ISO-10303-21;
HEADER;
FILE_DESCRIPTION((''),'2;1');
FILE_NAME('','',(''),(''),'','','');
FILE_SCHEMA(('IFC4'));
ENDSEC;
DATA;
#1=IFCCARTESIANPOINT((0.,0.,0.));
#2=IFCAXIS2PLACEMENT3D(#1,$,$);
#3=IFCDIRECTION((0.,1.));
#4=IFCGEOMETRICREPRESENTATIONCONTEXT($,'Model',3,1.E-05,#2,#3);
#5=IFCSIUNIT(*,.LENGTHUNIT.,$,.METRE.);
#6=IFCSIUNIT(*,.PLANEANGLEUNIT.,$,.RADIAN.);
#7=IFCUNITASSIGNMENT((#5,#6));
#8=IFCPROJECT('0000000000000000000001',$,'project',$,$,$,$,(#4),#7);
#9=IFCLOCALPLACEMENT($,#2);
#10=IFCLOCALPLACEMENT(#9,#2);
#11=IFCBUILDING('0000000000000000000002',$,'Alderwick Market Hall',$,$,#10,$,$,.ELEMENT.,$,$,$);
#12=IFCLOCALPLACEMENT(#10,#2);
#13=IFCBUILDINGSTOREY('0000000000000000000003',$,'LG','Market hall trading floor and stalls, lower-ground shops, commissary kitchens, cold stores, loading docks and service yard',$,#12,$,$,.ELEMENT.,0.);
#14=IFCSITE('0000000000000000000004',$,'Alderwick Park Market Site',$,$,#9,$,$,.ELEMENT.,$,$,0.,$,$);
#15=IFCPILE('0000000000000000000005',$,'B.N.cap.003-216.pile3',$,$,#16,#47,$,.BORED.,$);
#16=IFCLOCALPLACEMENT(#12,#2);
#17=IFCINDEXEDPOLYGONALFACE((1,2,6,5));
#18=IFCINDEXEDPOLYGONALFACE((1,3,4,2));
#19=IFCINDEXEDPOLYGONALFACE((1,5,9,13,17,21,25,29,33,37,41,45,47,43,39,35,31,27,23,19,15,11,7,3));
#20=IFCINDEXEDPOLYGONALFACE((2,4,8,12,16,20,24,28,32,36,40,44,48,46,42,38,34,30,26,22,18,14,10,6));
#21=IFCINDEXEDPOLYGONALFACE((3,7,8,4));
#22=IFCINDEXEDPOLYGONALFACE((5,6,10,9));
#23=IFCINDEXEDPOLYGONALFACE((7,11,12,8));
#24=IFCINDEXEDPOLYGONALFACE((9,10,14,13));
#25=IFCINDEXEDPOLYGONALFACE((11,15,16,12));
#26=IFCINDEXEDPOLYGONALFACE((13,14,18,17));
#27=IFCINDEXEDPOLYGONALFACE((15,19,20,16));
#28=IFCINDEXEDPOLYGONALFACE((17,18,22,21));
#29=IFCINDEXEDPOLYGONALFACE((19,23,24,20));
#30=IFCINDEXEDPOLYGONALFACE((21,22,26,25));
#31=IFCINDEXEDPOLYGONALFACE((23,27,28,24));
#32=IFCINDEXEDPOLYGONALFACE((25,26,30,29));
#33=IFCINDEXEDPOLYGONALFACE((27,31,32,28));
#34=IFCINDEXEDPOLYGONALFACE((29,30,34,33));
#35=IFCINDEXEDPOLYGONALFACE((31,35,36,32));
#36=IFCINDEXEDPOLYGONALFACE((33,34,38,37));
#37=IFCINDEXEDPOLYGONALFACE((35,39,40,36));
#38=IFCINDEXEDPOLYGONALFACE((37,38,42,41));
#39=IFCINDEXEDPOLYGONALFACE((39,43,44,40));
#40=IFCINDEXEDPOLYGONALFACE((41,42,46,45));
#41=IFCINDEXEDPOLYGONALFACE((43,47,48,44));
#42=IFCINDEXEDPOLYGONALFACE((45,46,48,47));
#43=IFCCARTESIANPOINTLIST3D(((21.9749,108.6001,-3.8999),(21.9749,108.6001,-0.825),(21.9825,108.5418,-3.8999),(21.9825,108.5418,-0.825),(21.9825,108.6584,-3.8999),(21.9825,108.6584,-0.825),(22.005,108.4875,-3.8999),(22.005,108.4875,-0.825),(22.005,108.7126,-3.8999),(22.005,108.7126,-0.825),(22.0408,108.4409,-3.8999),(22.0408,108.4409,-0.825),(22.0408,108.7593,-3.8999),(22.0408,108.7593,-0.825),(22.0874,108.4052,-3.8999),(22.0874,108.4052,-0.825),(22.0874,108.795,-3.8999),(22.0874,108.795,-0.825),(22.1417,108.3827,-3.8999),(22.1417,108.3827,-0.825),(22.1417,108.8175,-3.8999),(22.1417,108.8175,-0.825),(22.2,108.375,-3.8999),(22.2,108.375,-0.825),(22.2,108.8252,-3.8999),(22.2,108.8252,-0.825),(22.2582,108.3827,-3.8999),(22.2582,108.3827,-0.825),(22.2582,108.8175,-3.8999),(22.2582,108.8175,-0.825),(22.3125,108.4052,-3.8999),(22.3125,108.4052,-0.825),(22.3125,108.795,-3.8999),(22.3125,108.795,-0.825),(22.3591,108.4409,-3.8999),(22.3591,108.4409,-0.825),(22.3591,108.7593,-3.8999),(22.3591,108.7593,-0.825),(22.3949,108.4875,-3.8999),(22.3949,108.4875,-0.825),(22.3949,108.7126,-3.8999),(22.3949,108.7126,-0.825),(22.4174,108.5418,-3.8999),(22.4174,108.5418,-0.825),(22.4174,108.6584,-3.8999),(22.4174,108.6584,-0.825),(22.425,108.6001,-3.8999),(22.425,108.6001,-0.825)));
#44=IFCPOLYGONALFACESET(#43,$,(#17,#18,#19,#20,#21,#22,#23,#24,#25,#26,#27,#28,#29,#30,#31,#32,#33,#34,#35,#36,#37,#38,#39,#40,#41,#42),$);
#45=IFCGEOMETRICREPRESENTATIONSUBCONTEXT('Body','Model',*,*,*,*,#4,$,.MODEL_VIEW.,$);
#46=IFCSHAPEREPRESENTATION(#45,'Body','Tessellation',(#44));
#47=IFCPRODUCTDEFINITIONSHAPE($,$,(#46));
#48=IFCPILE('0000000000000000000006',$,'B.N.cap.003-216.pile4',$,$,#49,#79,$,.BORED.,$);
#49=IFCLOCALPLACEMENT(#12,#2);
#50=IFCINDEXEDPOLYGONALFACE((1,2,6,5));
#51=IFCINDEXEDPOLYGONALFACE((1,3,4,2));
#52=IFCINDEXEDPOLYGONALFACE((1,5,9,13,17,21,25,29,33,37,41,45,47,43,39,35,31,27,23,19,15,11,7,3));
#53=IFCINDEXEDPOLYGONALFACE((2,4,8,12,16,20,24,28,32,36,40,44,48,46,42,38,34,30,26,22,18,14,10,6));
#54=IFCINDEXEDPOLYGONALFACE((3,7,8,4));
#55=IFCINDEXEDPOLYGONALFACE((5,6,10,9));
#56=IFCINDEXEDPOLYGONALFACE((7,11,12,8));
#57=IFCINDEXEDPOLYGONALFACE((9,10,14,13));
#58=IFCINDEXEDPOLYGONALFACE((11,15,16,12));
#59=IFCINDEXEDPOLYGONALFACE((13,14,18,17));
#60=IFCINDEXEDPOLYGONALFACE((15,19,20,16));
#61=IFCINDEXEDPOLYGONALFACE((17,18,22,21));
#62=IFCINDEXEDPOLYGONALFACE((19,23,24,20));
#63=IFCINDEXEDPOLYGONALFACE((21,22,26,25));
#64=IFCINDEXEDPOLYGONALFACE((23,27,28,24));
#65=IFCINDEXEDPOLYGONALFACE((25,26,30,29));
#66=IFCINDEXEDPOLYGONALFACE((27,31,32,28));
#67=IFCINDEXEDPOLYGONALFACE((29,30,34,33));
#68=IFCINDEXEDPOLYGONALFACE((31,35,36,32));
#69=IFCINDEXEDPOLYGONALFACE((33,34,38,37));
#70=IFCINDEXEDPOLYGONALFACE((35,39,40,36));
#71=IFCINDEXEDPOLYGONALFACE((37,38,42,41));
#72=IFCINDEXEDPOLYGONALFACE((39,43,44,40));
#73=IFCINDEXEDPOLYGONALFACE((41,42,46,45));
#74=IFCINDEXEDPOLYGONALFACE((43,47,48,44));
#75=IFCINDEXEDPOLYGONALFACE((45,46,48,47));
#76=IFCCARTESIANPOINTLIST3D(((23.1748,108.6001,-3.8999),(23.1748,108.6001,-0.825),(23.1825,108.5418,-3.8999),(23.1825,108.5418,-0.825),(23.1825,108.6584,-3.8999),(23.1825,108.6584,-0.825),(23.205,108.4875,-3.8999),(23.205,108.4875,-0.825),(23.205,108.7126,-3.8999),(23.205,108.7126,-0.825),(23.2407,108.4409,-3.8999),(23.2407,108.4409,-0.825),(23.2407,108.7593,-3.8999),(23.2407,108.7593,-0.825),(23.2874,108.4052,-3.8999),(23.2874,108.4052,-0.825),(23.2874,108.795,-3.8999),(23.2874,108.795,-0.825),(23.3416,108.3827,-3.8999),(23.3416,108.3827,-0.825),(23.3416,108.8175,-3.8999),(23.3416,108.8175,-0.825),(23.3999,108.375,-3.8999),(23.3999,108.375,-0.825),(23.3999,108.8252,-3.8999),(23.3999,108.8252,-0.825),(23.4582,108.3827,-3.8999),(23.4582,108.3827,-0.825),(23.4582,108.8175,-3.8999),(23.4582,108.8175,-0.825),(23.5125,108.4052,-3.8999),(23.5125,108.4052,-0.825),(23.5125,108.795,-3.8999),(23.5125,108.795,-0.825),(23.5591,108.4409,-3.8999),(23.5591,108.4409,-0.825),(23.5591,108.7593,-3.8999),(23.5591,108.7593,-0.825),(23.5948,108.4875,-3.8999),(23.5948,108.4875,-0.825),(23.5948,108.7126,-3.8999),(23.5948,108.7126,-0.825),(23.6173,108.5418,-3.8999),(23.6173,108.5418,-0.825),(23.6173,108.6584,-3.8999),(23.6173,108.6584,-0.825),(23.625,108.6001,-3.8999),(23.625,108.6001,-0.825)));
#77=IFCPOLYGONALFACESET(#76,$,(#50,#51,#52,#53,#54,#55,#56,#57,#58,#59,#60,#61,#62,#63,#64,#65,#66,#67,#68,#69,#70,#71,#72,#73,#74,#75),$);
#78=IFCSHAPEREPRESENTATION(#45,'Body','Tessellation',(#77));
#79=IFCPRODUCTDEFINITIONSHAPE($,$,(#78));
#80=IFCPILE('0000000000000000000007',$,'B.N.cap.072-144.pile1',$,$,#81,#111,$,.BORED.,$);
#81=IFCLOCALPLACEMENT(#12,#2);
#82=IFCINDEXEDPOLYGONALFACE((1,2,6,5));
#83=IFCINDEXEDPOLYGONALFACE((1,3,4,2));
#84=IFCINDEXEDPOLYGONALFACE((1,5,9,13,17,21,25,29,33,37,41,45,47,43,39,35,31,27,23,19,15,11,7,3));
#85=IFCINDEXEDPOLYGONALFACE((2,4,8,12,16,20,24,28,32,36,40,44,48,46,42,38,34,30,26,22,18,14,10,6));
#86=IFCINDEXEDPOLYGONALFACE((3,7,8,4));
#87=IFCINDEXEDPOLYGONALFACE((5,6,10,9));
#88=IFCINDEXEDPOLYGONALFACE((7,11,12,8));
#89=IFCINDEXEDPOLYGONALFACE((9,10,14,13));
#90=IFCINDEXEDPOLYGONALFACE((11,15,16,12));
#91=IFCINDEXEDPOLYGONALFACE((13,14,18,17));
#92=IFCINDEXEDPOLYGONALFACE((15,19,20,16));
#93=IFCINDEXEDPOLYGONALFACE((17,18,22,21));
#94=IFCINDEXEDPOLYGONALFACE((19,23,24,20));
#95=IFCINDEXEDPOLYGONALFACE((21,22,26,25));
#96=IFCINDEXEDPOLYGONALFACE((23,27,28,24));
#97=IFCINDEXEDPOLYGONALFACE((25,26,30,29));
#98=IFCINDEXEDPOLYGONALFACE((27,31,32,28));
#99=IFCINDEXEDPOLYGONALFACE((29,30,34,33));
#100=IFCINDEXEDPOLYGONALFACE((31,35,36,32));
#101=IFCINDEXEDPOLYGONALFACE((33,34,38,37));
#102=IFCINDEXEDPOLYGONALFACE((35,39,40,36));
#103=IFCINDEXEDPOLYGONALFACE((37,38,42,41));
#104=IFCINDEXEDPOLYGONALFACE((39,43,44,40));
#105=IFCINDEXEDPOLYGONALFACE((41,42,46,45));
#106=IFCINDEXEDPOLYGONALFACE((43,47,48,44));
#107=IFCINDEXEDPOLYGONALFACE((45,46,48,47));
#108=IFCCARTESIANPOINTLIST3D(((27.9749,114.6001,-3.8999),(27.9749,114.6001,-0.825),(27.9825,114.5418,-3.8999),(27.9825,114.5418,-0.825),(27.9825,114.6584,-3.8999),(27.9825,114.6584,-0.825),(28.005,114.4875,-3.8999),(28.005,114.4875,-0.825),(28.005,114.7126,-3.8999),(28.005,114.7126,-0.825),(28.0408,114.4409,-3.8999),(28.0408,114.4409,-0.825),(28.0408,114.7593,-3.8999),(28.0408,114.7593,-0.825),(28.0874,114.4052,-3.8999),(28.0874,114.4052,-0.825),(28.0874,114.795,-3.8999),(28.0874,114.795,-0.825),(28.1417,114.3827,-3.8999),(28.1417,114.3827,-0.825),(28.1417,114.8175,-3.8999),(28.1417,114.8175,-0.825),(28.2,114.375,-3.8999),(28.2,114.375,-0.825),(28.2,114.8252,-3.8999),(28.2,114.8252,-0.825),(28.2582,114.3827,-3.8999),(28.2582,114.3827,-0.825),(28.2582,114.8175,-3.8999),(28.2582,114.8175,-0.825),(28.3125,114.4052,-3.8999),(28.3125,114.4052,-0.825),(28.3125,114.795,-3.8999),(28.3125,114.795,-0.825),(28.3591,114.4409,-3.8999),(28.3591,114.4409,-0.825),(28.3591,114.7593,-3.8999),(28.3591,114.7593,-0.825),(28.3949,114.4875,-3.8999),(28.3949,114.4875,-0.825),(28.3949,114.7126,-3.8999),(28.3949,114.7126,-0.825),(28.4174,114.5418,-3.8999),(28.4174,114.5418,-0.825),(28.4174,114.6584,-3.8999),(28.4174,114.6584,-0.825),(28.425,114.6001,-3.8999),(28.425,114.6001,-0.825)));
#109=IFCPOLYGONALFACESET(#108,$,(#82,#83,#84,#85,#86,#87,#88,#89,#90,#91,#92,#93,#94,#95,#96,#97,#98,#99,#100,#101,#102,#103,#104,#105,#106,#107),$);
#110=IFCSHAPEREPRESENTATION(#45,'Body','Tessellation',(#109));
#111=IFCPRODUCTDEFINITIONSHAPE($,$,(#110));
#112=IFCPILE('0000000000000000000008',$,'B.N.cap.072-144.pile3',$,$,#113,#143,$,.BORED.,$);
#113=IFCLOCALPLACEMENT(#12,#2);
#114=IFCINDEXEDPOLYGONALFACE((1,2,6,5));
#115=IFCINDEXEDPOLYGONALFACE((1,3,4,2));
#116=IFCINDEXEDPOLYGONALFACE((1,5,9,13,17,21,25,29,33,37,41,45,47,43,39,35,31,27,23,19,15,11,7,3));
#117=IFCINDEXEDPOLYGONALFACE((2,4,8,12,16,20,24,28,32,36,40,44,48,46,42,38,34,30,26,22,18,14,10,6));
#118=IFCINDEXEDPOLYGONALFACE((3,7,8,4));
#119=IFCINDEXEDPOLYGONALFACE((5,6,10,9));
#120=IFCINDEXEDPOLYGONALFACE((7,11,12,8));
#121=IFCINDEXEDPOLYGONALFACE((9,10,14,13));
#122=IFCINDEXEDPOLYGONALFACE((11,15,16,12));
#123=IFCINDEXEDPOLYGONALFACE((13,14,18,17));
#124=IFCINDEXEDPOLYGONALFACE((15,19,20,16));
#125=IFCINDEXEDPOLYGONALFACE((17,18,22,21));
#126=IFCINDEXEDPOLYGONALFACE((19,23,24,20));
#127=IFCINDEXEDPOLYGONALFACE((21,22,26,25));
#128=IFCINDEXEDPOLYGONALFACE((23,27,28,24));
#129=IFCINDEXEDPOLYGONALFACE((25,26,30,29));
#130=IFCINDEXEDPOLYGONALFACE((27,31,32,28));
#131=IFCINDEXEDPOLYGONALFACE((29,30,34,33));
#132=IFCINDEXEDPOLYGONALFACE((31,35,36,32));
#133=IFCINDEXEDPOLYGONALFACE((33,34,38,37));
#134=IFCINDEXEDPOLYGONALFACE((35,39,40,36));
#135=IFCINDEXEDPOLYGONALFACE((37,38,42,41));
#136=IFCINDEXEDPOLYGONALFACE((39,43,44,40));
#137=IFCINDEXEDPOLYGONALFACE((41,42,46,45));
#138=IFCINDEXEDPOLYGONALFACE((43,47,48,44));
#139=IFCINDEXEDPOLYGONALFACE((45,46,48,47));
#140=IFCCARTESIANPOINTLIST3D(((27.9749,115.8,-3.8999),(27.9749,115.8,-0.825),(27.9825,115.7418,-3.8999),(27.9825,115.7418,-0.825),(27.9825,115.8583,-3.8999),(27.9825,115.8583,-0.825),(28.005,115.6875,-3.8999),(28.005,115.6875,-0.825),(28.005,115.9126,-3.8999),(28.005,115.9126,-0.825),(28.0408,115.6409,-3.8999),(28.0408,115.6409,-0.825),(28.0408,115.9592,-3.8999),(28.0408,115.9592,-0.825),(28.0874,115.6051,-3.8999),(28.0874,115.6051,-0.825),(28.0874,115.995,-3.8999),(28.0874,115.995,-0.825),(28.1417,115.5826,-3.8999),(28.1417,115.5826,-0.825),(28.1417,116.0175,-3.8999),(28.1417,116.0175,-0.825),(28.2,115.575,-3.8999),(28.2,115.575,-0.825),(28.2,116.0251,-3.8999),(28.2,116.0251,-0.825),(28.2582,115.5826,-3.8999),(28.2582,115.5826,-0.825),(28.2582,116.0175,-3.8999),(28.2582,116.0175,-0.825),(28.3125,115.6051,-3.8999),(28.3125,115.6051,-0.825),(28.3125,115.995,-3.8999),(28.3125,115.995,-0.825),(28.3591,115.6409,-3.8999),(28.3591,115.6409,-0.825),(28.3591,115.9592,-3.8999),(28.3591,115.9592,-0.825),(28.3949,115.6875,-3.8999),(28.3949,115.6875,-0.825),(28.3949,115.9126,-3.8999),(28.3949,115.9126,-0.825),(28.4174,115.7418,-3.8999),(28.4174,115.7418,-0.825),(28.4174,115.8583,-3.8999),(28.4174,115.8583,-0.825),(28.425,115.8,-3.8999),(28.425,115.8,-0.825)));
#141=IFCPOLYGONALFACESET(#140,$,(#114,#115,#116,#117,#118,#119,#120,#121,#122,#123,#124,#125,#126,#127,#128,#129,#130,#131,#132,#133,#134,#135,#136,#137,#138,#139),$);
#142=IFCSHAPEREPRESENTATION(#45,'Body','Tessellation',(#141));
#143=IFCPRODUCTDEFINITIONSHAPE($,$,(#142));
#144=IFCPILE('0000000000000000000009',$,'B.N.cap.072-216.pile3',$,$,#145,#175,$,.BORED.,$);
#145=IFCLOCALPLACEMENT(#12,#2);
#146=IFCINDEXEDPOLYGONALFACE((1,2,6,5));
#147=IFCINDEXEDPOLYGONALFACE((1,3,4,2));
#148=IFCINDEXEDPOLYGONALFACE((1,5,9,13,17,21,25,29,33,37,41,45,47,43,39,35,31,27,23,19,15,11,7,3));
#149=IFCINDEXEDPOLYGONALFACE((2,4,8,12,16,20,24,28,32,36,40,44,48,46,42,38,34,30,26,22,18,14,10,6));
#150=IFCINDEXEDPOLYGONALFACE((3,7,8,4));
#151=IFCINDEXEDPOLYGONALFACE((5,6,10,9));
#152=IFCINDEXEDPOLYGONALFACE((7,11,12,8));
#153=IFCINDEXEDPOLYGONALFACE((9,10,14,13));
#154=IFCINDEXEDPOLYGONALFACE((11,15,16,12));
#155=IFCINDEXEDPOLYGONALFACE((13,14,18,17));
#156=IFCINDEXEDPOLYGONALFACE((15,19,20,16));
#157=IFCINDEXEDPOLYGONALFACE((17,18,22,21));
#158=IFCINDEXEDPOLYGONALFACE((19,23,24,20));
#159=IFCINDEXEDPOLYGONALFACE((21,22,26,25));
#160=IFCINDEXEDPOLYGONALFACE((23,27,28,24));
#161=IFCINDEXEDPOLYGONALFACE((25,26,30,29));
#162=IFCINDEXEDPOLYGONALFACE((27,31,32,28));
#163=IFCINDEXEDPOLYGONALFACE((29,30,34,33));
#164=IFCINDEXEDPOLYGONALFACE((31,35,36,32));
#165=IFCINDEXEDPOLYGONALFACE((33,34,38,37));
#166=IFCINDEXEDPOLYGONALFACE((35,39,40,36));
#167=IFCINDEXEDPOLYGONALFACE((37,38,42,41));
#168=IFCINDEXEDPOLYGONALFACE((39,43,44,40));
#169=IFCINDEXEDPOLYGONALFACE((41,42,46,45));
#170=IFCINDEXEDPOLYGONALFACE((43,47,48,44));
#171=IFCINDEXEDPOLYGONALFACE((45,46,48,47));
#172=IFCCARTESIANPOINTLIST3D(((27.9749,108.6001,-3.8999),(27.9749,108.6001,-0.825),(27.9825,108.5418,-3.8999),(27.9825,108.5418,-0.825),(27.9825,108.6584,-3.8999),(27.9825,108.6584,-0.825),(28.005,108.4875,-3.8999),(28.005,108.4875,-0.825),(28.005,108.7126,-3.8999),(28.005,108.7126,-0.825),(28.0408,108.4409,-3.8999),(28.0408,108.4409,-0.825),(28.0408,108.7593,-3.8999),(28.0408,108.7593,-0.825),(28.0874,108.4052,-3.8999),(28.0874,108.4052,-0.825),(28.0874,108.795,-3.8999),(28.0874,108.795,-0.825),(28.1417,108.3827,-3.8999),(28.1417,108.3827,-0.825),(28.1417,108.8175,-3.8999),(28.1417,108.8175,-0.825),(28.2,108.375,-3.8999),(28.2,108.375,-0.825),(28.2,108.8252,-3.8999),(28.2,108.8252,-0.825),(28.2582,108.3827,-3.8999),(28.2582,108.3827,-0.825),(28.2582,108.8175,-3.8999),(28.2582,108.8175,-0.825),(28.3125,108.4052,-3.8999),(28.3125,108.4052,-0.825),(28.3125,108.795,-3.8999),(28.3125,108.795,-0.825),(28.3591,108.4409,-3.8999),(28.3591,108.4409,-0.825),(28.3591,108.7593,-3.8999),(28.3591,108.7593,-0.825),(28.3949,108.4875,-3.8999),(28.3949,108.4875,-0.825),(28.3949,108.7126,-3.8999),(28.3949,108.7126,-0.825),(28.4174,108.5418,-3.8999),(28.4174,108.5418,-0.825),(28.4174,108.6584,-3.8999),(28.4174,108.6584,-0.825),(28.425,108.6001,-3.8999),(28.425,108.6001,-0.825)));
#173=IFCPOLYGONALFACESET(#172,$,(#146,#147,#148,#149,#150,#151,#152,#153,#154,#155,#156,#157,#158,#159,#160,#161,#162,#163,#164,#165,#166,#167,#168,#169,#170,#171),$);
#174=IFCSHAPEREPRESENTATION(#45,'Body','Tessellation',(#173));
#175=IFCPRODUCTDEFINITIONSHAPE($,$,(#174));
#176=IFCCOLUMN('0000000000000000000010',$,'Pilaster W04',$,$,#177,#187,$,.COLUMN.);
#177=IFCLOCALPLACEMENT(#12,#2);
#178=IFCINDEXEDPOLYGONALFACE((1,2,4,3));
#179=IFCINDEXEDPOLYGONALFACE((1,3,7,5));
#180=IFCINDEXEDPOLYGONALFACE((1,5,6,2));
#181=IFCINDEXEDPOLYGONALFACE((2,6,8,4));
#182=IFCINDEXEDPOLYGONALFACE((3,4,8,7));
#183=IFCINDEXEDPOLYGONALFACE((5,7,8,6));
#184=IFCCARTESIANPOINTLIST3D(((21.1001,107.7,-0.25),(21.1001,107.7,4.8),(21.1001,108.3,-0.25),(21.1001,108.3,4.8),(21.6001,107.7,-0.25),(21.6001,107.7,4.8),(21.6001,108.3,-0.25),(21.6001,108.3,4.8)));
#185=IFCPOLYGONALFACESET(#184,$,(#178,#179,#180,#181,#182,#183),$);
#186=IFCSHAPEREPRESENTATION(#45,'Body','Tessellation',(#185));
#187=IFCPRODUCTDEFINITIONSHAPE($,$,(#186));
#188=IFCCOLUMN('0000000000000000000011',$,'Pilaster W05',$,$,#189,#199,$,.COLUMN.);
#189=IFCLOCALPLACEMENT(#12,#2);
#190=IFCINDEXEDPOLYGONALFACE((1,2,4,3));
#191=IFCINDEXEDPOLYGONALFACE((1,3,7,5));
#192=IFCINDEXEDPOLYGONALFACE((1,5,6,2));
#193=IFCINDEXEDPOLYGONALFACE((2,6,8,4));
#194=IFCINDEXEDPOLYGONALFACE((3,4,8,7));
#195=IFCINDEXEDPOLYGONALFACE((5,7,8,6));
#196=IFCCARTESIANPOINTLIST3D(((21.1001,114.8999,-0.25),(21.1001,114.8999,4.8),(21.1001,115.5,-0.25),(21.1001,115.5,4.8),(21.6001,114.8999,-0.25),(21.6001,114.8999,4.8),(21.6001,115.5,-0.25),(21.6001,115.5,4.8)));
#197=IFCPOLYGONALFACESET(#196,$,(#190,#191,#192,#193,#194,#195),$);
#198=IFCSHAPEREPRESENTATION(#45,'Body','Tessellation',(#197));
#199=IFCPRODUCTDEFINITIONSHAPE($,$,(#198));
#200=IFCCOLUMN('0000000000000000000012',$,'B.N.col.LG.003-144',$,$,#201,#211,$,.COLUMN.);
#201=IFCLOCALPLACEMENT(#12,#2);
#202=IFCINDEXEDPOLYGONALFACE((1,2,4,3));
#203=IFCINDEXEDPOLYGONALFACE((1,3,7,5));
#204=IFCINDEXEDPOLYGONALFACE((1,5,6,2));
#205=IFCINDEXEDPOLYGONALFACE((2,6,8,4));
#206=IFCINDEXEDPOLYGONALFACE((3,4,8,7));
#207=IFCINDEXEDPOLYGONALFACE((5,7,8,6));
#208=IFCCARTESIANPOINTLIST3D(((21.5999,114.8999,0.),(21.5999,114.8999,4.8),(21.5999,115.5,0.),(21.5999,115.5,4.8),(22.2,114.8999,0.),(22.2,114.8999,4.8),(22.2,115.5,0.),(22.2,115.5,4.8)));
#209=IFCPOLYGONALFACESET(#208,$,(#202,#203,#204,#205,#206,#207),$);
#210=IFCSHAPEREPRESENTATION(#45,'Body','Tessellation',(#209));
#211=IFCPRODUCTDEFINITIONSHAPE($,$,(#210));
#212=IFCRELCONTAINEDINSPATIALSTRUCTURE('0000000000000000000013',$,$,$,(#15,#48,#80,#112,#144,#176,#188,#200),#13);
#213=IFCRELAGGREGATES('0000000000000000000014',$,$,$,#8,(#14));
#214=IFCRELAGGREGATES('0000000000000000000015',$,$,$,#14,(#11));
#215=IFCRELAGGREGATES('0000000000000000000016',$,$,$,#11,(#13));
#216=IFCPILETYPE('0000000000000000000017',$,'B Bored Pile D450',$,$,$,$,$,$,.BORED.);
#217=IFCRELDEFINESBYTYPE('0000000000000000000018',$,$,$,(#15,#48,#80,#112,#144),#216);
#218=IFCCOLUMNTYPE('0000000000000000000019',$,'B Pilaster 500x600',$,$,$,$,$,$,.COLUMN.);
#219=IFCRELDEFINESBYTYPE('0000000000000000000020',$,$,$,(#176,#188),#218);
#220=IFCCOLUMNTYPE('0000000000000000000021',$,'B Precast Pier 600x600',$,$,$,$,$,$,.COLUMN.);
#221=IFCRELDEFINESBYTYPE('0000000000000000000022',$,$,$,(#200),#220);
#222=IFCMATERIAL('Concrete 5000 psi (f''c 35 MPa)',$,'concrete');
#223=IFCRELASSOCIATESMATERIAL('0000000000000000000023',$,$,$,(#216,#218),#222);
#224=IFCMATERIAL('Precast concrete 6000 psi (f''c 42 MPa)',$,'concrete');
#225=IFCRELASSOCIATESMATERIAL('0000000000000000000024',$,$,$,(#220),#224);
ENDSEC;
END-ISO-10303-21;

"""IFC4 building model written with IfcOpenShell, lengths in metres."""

from ifc_helpers import new_model, si_unit, direction, frame, origin, origin_2d, place, context, subcontext, project, spatial, rectangle, circle, extrude, material, material_profile, profile_set, type_object, element, save


model = new_model("IFC4")

# Units and contexts
model_context = context("Model", 3, precision=1e-05, world=origin(), true_north=direction((0.0, 1.0)))
body_context = subcontext(model_context, "Body", "Model", "MODEL_VIEW")
ifc_project = project(units=[si_unit("LENGTHUNIT", "METRE"), si_unit("PLANEANGLEUNIT", "RADIAN")], contexts=[model_context])

# Site, building, storey
site_placement = place(None, origin())
site = spatial("IfcSite", under=ifc_project, at=site_placement, Name="Alderwick Park Market Site", CompositionType="ELEMENT", RefElevation=0.0)
building_placement = place(site_placement, origin())
building = spatial("IfcBuilding", under=site, at=building_placement, Name="Alderwick Market Hall", CompositionType="ELEMENT")
storey_placement = place(building_placement, origin())
storey = spatial("IfcBuildingStorey", under=building, at=storey_placement, Name="LG", Description="Market hall trading floor and stalls, lower-ground shops, commissary kitchens, cold stores, loading docks and service yard", CompositionType="ELEMENT", Elevation=0.0)

# Piles
ifc_material_1 = material(Name="Concrete 5000 psi (f'c 35 MPa)", Category="concrete")
ifc_material_profile_1 = material_profile(ifc_material_1, circle(Radius=0.2251, at=origin_2d()), Name="B Bored Pile D450")
ifc_profile_set_1 = profile_set([ifc_material_profile_1], Name="Concrete 5000 psi (f'c 35 MPa)")
pile_type = type_object("IfcPileType", Name="B Bored Pile D450", PredefinedType="BORED", material=ifc_profile_set_1)
for number, where, z_axis, x_axis, name in (
    (1, (22.2, 108.6001, -0.825), (0.0, 0.0, -1.0), (1.0, 0.0, 0.0), "B.N.cap.003-216.pile3"),
    (2, (23.3999, 108.6001, -0.825), (0.0, 0.0, -1.0), (1.0, 0.0, 0.0), "B.N.cap.003-216.pile4"),
    (3, (28.2, 114.6001, -0.825), (0.0, 0.0, -1.0), (1.0, 0.0, 0.0), "B.N.cap.072-144.pile1"),
    (4, (28.2, 115.8, -0.825), (0.0, 0.0, -1.0), (1.0, 0.0, 0.0), "B.N.cap.072-144.pile3"),
    (5, (28.2, 108.6001, -0.825), (0.0, 0.0, -1.0), (1.0, 0.0, 0.0), "B.N.cap.072-216.pile3"),
):
    element("IfcPile", number, at=place(storey_placement, frame(where, z_axis=z_axis, x_axis=x_axis)), inside=storey, type_object=pile_type, Name=name, PredefinedType="BORED", context=body_context, shape_type="SweptSolid", body=[
        extrude(circle(Radius=0.2251, at=origin_2d()), origin(), (0.0, 0.0, 1.0), 3.075),
    ])

# Columns
ifc_material_profile_2 = material_profile(ifc_material_1, rectangle(XDim=0.5, YDim=0.6001, at=origin_2d()), Name="B Pilaster 500x600")
ifc_profile_set_2 = profile_set([ifc_material_profile_2], Name="Concrete 5000 psi (f'c 35 MPa)")
column_type_1 = type_object("IfcColumnType", Name="B Pilaster 500x600", PredefinedType="COLUMN", material=ifc_profile_set_2)
for number, where, z_axis, x_axis, name in (
    (6, (21.3501, 108.0, -0.25), (0.0, 0.0, 1.0), (1.0, 0.0, 0.0), "Pilaster W04"),
    (7, (21.3501, 115.2, -0.25), (0.0, 0.0, 1.0), (1.0, 0.0, 0.0), "Pilaster W05"),
):
    element("IfcColumn", number, at=place(storey_placement, frame(where, z_axis=z_axis, x_axis=x_axis)), inside=storey, type_object=column_type_1, Name=name, PredefinedType="COLUMN", context=body_context, shape_type="SweptSolid", body=[
        extrude(rectangle(XDim=0.5, YDim=0.6001, at=origin_2d()), origin(), (0.0, 0.0, 1.0), 5.05),
    ])
ifc_material_2 = material(Name="Precast concrete 6000 psi (f'c 42 MPa)", Category="concrete")
ifc_material_profile_3 = material_profile(ifc_material_2, rectangle(XDim=0.6001, YDim=0.6001, at=origin_2d()), Name="B Precast Pier 600x600")
ifc_profile_set_3 = profile_set([ifc_material_profile_3], Name="Precast concrete 6000 psi (f'c 42 MPa)")
column_type_2 = type_object("IfcColumnType", Name="B Precast Pier 600x600", PredefinedType="COLUMN", material=ifc_profile_set_3)
for number, where, z_axis, x_axis, name in (
    (8, (21.8999, 115.2, 0.0), (0.0, 0.0, 1.0), (1.0, 0.0, 0.0), "B.N.col.LG.003-144"),
):
    element("IfcColumn", number, at=place(storey_placement, frame(where, z_axis=z_axis, x_axis=x_axis)), inside=storey, type_object=column_type_2, Name=name, PredefinedType="COLUMN", context=body_context, shape_type="SweptSolid", body=[
        extrude(rectangle(XDim=0.6001, YDim=0.6001, at=origin_2d()), origin(), (0.0, 0.0, 1.0), 4.8),
    ])

save(model, "model.ifc")
